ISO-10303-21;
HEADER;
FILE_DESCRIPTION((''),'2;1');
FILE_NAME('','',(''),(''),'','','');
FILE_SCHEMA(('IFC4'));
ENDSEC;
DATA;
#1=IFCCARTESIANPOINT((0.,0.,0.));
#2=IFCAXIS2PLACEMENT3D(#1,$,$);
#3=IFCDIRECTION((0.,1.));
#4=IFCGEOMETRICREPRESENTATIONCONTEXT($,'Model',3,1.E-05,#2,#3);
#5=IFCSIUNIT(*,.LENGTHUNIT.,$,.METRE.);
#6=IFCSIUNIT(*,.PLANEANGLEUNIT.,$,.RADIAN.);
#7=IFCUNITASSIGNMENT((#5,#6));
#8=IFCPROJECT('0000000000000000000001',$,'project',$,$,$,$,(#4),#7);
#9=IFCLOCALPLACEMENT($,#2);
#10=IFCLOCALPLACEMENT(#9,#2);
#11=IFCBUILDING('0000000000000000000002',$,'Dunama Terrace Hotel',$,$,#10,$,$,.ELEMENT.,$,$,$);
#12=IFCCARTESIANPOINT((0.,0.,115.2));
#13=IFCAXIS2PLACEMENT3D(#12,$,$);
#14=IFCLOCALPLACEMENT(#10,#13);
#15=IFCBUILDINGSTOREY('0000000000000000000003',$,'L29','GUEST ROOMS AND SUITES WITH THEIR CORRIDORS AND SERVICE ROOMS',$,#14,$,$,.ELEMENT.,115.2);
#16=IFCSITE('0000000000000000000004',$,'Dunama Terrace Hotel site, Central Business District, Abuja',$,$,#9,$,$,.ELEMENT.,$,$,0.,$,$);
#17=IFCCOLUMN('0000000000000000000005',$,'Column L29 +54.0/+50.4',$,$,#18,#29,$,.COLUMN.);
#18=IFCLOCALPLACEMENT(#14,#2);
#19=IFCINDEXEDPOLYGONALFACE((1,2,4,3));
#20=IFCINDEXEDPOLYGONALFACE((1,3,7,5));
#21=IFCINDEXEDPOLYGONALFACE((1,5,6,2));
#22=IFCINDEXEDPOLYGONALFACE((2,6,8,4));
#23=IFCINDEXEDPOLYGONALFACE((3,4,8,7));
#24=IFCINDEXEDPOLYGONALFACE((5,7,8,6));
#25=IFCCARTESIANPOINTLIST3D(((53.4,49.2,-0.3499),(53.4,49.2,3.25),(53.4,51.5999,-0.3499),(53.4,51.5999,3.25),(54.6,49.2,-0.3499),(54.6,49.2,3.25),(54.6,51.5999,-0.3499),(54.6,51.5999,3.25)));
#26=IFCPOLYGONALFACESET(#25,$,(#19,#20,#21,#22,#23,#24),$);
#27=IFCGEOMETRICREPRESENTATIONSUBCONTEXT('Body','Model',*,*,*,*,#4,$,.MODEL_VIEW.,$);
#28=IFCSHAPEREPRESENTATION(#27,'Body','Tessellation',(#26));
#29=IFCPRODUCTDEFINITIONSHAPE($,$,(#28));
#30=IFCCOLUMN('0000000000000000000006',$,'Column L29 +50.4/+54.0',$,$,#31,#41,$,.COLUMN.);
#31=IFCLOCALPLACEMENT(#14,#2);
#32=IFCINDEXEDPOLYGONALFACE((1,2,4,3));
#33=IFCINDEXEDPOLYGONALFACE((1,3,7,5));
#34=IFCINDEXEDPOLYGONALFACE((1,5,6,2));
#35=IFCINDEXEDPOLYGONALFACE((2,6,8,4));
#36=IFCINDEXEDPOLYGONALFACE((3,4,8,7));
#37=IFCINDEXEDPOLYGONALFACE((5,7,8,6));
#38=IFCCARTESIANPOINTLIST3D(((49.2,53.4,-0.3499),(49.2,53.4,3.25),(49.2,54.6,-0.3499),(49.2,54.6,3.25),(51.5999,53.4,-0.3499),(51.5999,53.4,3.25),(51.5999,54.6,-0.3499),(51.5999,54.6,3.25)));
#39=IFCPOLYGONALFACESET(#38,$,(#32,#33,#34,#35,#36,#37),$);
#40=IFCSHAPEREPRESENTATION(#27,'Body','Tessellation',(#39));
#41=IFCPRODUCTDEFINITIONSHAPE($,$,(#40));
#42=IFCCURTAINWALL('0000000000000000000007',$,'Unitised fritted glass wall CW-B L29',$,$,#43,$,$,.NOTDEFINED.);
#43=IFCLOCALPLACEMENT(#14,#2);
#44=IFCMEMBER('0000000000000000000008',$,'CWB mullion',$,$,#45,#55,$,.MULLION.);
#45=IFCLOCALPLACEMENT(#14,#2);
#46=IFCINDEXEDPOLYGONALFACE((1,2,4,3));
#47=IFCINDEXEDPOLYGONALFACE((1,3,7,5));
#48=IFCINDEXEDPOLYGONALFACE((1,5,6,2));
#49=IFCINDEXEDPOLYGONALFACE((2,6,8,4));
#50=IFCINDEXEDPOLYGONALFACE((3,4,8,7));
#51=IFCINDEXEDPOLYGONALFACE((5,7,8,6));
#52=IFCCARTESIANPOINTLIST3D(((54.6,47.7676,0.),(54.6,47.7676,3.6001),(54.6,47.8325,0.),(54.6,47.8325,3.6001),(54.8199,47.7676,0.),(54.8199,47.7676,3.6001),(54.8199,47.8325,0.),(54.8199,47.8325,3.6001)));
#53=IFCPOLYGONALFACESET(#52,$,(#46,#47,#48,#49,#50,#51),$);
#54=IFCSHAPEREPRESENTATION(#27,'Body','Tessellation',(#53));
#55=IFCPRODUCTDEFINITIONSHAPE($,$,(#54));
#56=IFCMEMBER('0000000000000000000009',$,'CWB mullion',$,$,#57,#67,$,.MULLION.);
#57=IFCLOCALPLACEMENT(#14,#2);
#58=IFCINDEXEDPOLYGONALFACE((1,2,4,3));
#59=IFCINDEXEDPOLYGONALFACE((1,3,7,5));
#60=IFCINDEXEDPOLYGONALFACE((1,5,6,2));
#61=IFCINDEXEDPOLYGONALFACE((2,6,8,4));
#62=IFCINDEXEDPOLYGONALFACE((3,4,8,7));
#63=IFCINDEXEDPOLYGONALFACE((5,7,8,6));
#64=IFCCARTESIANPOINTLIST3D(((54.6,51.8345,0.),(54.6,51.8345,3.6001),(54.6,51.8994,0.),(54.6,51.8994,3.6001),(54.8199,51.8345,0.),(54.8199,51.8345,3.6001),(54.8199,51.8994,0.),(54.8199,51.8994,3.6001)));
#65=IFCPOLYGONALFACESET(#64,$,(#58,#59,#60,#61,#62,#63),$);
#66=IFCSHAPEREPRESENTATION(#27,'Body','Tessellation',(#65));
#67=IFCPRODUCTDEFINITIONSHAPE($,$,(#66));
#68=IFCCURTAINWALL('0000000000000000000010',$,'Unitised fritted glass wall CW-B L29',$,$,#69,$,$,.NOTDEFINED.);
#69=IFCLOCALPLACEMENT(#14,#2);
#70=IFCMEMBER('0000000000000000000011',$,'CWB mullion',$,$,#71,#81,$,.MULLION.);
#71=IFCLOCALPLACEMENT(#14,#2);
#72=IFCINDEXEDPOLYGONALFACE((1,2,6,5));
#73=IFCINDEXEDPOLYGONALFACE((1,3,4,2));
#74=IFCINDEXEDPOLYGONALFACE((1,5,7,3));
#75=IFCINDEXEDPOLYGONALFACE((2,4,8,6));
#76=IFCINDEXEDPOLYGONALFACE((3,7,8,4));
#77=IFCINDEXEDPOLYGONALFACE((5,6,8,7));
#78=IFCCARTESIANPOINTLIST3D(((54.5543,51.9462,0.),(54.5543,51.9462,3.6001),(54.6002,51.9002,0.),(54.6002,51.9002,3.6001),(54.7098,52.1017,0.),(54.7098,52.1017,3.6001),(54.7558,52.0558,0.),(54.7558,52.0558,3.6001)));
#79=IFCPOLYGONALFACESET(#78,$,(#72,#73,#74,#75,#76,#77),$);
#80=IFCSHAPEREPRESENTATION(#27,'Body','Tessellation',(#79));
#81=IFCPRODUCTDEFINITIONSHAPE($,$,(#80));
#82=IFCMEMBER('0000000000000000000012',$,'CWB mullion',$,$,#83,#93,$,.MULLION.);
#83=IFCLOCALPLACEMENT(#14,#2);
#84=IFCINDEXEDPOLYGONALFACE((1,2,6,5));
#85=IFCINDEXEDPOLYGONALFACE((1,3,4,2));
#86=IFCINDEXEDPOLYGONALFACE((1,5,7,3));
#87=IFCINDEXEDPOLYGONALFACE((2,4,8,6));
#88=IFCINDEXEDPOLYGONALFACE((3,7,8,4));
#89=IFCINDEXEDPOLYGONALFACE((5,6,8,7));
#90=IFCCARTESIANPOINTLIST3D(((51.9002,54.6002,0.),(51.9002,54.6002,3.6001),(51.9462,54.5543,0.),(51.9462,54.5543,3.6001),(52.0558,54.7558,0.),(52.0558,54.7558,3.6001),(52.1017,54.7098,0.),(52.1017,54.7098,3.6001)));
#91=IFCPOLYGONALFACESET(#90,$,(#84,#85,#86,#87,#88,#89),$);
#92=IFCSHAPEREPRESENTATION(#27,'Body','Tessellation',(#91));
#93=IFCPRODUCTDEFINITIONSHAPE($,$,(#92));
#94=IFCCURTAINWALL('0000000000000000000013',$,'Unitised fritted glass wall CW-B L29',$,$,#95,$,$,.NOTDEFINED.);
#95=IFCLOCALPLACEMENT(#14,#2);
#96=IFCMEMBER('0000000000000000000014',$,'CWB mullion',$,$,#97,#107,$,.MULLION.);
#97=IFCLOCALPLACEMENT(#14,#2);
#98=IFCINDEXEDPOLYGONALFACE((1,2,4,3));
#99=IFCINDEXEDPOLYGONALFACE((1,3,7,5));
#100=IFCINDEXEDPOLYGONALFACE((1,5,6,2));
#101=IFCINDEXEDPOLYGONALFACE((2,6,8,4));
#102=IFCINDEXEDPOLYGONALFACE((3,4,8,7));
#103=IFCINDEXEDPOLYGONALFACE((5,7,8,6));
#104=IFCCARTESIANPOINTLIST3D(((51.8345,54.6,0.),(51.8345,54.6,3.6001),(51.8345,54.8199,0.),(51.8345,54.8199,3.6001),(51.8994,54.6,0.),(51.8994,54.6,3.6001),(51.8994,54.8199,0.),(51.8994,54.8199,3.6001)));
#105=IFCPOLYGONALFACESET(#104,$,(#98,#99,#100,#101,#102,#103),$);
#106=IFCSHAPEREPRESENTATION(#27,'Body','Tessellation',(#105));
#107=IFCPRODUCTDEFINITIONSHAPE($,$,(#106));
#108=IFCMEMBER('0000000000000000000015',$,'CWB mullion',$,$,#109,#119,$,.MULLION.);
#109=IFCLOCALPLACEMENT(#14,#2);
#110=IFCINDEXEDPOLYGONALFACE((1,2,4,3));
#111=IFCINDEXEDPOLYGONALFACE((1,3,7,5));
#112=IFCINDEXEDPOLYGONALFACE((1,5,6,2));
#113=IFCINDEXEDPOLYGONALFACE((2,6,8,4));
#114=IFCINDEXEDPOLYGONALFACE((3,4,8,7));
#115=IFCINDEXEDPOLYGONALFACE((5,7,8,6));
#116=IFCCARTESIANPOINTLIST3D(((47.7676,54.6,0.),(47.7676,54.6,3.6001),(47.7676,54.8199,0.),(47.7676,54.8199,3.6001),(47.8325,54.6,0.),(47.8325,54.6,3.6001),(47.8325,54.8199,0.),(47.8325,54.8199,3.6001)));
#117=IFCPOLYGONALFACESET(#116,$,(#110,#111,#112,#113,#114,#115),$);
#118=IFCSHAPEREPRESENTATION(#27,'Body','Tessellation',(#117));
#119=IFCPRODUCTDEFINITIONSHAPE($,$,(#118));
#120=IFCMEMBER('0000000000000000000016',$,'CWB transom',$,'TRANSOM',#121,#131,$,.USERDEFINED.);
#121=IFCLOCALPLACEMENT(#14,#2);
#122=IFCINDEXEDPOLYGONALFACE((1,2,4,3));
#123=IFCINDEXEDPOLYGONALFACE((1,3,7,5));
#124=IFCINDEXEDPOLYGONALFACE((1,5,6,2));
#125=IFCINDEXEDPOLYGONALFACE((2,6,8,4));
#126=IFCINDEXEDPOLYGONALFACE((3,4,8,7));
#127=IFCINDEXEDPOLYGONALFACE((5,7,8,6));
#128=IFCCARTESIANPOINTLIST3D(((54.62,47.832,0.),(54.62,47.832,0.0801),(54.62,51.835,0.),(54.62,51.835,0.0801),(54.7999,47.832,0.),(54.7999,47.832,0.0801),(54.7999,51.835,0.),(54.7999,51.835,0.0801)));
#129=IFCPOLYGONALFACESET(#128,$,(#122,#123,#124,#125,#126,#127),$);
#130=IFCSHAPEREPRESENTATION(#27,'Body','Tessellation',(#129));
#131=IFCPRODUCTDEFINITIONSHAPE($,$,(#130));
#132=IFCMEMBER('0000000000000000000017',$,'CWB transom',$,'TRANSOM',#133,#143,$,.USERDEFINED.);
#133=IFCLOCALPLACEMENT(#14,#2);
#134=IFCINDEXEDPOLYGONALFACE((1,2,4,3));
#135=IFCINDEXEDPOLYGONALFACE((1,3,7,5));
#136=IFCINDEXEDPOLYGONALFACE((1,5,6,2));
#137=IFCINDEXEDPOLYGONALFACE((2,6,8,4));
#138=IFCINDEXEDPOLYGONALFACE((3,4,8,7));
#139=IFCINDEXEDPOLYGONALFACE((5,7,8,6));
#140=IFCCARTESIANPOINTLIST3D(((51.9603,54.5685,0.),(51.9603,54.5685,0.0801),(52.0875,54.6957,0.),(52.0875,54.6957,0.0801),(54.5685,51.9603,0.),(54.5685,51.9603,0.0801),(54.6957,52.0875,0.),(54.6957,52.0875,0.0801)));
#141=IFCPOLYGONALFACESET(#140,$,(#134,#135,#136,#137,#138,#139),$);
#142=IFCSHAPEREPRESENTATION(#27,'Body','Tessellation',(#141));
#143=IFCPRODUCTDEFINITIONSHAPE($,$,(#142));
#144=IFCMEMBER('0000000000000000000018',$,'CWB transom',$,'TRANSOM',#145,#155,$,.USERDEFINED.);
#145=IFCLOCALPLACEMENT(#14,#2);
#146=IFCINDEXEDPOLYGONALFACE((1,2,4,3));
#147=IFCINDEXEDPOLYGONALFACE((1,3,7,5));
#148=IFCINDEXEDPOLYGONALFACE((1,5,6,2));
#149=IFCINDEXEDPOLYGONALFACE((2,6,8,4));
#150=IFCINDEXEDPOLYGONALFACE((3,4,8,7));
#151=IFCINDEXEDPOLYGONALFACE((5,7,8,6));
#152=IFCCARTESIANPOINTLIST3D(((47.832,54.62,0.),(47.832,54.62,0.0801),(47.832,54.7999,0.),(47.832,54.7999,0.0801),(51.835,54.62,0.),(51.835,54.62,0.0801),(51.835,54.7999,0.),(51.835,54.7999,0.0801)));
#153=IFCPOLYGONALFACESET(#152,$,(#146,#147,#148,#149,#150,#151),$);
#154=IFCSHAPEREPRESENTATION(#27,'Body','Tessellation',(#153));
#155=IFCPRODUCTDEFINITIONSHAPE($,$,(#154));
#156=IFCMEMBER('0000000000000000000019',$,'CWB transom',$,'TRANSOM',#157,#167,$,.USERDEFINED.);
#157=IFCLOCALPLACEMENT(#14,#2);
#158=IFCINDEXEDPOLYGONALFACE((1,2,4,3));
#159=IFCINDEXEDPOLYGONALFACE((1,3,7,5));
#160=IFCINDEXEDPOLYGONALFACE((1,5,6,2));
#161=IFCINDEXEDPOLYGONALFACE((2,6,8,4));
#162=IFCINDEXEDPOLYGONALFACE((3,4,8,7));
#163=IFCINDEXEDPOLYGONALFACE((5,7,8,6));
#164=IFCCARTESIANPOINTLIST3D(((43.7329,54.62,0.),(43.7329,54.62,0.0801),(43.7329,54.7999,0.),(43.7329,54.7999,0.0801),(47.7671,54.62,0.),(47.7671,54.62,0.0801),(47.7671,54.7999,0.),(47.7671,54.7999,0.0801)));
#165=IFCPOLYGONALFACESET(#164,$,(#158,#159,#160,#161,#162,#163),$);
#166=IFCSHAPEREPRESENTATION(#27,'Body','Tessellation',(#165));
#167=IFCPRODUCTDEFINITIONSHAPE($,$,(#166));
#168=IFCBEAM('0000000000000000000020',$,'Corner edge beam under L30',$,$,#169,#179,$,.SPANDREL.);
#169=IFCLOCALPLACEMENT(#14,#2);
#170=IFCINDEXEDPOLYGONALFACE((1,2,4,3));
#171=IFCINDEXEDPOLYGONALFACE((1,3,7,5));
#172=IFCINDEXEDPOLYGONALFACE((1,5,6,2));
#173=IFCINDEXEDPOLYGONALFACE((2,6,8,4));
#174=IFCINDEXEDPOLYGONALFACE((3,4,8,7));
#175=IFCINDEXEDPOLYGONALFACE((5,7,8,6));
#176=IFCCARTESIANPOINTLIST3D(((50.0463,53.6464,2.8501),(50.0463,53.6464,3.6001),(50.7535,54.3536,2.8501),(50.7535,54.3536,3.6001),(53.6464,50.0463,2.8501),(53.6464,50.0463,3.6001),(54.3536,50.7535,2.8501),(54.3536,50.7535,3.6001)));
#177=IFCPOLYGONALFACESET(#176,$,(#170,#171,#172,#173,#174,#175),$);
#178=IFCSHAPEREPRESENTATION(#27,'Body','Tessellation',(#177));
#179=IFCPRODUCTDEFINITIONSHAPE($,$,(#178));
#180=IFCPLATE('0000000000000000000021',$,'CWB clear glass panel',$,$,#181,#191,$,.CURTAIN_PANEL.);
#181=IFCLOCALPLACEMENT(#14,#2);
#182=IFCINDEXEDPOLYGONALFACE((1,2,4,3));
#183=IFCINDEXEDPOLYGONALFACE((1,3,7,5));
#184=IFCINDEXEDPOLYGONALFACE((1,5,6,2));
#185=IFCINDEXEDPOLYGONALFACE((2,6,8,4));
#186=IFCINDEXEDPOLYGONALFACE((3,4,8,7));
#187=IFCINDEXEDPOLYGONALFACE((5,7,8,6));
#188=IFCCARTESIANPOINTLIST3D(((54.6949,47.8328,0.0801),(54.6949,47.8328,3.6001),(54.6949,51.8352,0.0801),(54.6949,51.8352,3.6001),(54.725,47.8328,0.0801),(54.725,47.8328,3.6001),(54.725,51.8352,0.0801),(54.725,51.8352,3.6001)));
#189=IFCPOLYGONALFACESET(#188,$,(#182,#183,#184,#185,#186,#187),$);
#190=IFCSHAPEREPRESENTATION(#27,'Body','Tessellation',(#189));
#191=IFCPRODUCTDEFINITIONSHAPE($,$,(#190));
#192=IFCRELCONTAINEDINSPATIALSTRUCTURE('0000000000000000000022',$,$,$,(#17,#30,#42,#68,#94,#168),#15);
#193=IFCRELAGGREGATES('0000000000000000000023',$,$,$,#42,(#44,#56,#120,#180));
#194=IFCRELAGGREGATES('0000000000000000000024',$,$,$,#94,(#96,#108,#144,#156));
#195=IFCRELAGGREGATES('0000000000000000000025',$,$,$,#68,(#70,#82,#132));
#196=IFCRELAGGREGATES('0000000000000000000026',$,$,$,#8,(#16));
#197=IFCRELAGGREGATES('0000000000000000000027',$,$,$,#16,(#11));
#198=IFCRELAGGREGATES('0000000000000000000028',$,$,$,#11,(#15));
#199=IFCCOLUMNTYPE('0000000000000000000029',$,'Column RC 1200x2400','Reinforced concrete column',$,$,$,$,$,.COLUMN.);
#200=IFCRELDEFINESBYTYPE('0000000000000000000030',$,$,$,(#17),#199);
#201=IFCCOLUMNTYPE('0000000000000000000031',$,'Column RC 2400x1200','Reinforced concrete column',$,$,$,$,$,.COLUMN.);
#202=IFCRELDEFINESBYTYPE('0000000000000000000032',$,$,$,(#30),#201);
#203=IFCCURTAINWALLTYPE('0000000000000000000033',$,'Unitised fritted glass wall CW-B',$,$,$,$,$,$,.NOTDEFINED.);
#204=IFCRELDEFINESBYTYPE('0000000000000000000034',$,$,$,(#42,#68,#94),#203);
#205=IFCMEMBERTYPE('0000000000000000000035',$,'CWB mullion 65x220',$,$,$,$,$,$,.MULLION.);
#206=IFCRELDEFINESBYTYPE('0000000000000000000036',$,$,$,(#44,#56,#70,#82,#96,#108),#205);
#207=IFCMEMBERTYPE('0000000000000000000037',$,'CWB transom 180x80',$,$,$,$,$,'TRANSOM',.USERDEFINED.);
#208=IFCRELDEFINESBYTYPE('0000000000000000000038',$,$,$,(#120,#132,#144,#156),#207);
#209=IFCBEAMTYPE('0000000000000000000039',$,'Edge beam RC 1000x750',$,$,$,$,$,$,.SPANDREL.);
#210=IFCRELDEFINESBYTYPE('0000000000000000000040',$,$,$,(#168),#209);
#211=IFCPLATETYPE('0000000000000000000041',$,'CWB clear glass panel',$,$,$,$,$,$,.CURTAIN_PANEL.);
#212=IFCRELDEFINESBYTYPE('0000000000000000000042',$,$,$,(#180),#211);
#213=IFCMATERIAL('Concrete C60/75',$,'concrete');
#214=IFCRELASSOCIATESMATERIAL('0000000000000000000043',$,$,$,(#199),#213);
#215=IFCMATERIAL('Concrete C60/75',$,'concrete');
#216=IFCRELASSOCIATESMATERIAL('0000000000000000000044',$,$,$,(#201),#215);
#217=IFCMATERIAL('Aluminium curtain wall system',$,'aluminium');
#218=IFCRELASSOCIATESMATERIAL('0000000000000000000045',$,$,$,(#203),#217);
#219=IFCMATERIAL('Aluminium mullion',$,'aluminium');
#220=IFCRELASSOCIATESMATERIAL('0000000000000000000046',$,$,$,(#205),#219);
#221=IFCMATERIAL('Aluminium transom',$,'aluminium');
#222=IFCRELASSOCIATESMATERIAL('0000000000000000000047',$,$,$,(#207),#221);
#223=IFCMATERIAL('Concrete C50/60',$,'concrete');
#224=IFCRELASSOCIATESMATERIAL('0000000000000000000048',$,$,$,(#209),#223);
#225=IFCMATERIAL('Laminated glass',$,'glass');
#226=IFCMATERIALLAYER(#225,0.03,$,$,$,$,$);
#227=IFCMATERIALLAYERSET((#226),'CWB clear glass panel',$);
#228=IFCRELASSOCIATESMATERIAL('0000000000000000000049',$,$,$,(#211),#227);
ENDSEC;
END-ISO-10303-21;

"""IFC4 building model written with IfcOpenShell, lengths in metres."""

from ifc_helpers import new_model, si_unit, direction, frame, origin, origin_2d, place, context, subcontext, project, spatial, rectangle, extrude, material, layer, layer_set, material_profile, profile_set, type_object, element, aggregate, save


model = new_model("IFC4")

# Units and contexts
model_context = context("Model", 3, precision=1e-05, world=origin(), true_north=direction((0.0, 1.0)))
body_context = subcontext(model_context, "Body", "Model", "MODEL_VIEW")
ifc_project = project(units=[si_unit("LENGTHUNIT", "METRE"), si_unit("PLANEANGLEUNIT", "RADIAN")], contexts=[model_context])

# Site, building, storey
site_placement = place(None, origin())
site = spatial("IfcSite", under=ifc_project, at=site_placement, Name="Dunama Terrace Hotel site, Central Business District, Abuja", CompositionType="ELEMENT", RefElevation=0.0)
building_placement = place(site_placement, origin())
building = spatial("IfcBuilding", under=site, at=building_placement, Name="Dunama Terrace Hotel", CompositionType="ELEMENT")
storey_placement = place(building_placement, frame((0.0, 0.0, 115.2)))
storey = spatial("IfcBuildingStorey", under=building, at=storey_placement, Name="L29", Description="GUEST ROOMS AND SUITES WITH THEIR CORRIDORS AND SERVICE ROOMS", CompositionType="ELEMENT", Elevation=115.2)

# Columns
ifc_material_1 = material(Name="Concrete C60/75", Category="concrete")
ifc_material_profile_1 = material_profile(ifc_material_1, rectangle(XDim=1.2, YDim=2.3999, at=origin_2d()), Name="RC 1200x2400")
ifc_profile_set_1 = profile_set([ifc_material_profile_1], Name="Concrete C60/75")
column_type_1 = type_object("IfcColumnType", Name="Column RC 1200x2400", Description="Reinforced concrete column", PredefinedType="COLUMN", material=ifc_profile_set_1)
column_1_placement = place(storey_placement, frame((54.0, 50.3999, -0.3499), z_axis=(0.0, 0.0, 1.0), x_axis=(1.0, 0.0, 0.0)))
element("IfcColumn", 1, at=column_1_placement, inside=storey, type_object=column_type_1, Name="Column L29 +54.0/+50.4", PredefinedType="COLUMN", context=body_context, shape_type="SweptSolid", body=[
    extrude(rectangle(XDim=1.2, YDim=2.3999, at=origin_2d()), origin(), (0.0, 0.0, 1.0), 3.5999),
])
ifc_material_2 = material(Name="Concrete C60/75", Category="concrete")
ifc_material_profile_2 = material_profile(ifc_material_2, rectangle(XDim=2.3999, YDim=1.2, at=origin_2d()), Name="RC 2400x1200")
ifc_profile_set_2 = profile_set([ifc_material_profile_2], Name="Concrete C60/75")
column_type_2 = type_object("IfcColumnType", Name="Column RC 2400x1200", Description="Reinforced concrete column", PredefinedType="COLUMN", material=ifc_profile_set_2)
column_2_placement = place(storey_placement, frame((50.3999, 54.0, -0.3499), z_axis=(0.0, 0.0, 1.0), x_axis=(1.0, 0.0, 0.0)))
element("IfcColumn", 2, at=column_2_placement, inside=storey, type_object=column_type_2, Name="Column L29 +50.4/+54.0", PredefinedType="COLUMN", context=body_context, shape_type="SweptSolid", body=[
    extrude(rectangle(XDim=2.3999, YDim=1.2, at=origin_2d()), origin(), (0.0, 0.0, 1.0), 3.5999),
])

# Curtain walls, members
ifc_material_3 = material(Name="Aluminium curtain wall system", Category="aluminium")
curtain_wall_type = type_object("IfcCurtainWallType", Name="Unitised fritted glass wall CW-B", PredefinedType="NOTDEFINED", material=ifc_material_3)
curtain_wall_1_placement = place(storey_placement, origin())
curtain_wall_1 = element("IfcCurtainWall", 3, at=curtain_wall_1_placement, inside=storey, type_object=curtain_wall_type, Name="Unitised fritted glass wall CW-B L29", PredefinedType="NOTDEFINED")
ifc_material_4 = material(Name="Aluminium mullion", Category="aluminium")
ifc_material_profile_3 = material_profile(ifc_material_4, rectangle(XDim=0.0649, YDim=0.22, at=origin_2d()), Name="CWB MULLION 65X220")
ifc_profile_set_3 = profile_set([ifc_material_profile_3], Name="Aluminium mullion")
member_type_1 = type_object("IfcMemberType", Name="CWB mullion 65x220", PredefinedType="MULLION", material=ifc_profile_set_3)
member_1_placement = place(storey_placement, frame((54.71, 47.8, 0.0), z_axis=(0.0, 0.0, 1.0), x_axis=(0.0, 1.0, 0.0)))
member_1 = element("IfcMember", 4, at=member_1_placement, type_object=member_type_1, Name="CWB mullion", PredefinedType="MULLION", context=body_context, shape_type="SweptSolid", body=[
    extrude(rectangle(XDim=0.0649, YDim=0.22, at=origin_2d()), origin(), (0.0, 0.0, 1.0), 3.6001),
])
member_2_placement = place(storey_placement, frame((54.71, 51.8669, 0.0), z_axis=(0.0, 0.0, 1.0), x_axis=(0.0, 1.0, 0.0)))
member_2 = element("IfcMember", 5, at=member_2_placement, type_object=member_type_1, Name="CWB mullion", PredefinedType="MULLION", context=body_context, shape_type="SweptSolid", body=[
    extrude(rectangle(XDim=0.0649, YDim=0.22, at=origin_2d()), origin(), (0.0, 0.0, 1.0), 3.6001),
])
curtain_wall_2_placement = place(storey_placement, origin())
curtain_wall_2 = element("IfcCurtainWall", 6, at=curtain_wall_2_placement, inside=storey, type_object=curtain_wall_type, Name="Unitised fritted glass wall CW-B L29", PredefinedType="NOTDEFINED")
member_3_placement = place(storey_placement, frame((54.655, 52.001, 0.0), z_axis=(0.0, 0.0, 1.0), x_axis=(-0.707107, 0.707107, 0.0)))
member_3 = element("IfcMember", 7, at=member_3_placement, type_object=member_type_1, Name="CWB mullion", PredefinedType="MULLION", context=body_context, shape_type="SweptSolid", body=[
    extrude(rectangle(XDim=0.0649, YDim=0.22, at=origin_2d()), origin(), (0.0, 0.0, 1.0), 3.6001),
])
member_4_placement = place(storey_placement, frame((52.001, 54.655, 0.0), z_axis=(0.0, 0.0, 1.0), x_axis=(-0.707107, 0.707107, 0.0)))
member_4 = element("IfcMember", 8, at=member_4_placement, type_object=member_type_1, Name="CWB mullion", PredefinedType="MULLION", context=body_context, shape_type="SweptSolid", body=[
    extrude(rectangle(XDim=0.0649, YDim=0.22, at=origin_2d()), origin(), (0.0, 0.0, 1.0), 3.6001),
])
curtain_wall_3_placement = place(storey_placement, origin())
curtain_wall_3 = element("IfcCurtainWall", 9, at=curtain_wall_3_placement, inside=storey, type_object=curtain_wall_type, Name="Unitised fritted glass wall CW-B L29", PredefinedType="NOTDEFINED")
member_5_placement = place(storey_placement, frame((51.8669, 54.71, 0.0), z_axis=(0.0, 0.0, 1.0), x_axis=(-1.0, 0.0, 0.0)))
member_5 = element("IfcMember", 10, at=member_5_placement, type_object=member_type_1, Name="CWB mullion", PredefinedType="MULLION", context=body_context, shape_type="SweptSolid", body=[
    extrude(rectangle(XDim=0.0649, YDim=0.22, at=origin_2d()), origin(), (0.0, 0.0, 1.0), 3.6001),
])
member_6_placement = place(storey_placement, frame((47.8, 54.71, 0.0), z_axis=(0.0, 0.0, 1.0), x_axis=(-1.0, 0.0, 0.0)))
member_6 = element("IfcMember", 11, at=member_6_placement, type_object=member_type_1, Name="CWB mullion", PredefinedType="MULLION", context=body_context, shape_type="SweptSolid", body=[
    extrude(rectangle(XDim=0.0649, YDim=0.22, at=origin_2d()), origin(), (0.0, 0.0, 1.0), 3.6001),
])

# Members
ifc_material_5 = material(Name="Aluminium transom", Category="aluminium")
ifc_material_profile_4 = material_profile(ifc_material_5, rectangle(XDim=0.1799, YDim=0.0801, at=origin_2d()), Name="CWB TRANSOM 180X80")
ifc_profile_set_4 = profile_set([ifc_material_profile_4], Name="Aluminium transom")
member_type_2 = type_object("IfcMemberType", Name="CWB transom 180x80", ElementType="TRANSOM", PredefinedType="USERDEFINED", material=ifc_profile_set_4)
member_7_placement = place(storey_placement, frame((54.71, 47.832, 0.04), z_axis=(0.0, 1.0, 0.0), x_axis=(-1.0, 0.0, 0.0)))
member_7 = element("IfcMember", 12, at=member_7_placement, type_object=member_type_2, Name="CWB transom", ObjectType="TRANSOM", PredefinedType="USERDEFINED", context=body_context, shape_type="SweptSolid", body=[
    extrude(rectangle(XDim=0.1799, YDim=0.0801, at=origin_2d()), origin(), (0.0, 0.0, 1.0), 4.0029),
])
member_8_placement = place(storey_placement, frame((54.6321, 52.0239, 0.04), z_axis=(-0.707107, 0.707107, 0.0), x_axis=(-0.707107, -0.707107, 0.0)))
member_8 = element("IfcMember", 13, at=member_8_placement, type_object=member_type_2, Name="CWB transom", ObjectType="TRANSOM", PredefinedType="USERDEFINED", context=body_context, shape_type="SweptSolid", body=[
    extrude(rectangle(XDim=0.1799, YDim=0.0801, at=origin_2d()), origin(), (0.0, 0.0, 1.0), 3.6885),
])
member_9_placement = place(storey_placement, frame((51.835, 54.71, 0.04), z_axis=(-1.0, 0.0, 0.0), x_axis=(0.0, -1.0, 0.0)))
member_9 = element("IfcMember", 14, at=member_9_placement, type_object=member_type_2, Name="CWB transom", ObjectType="TRANSOM", PredefinedType="USERDEFINED", context=body_context, shape_type="SweptSolid", body=[
    extrude(rectangle(XDim=0.1799, YDim=0.0801, at=origin_2d()), origin(), (0.0, 0.0, 1.0), 4.0029),
])
member_10_placement = place(storey_placement, frame((47.7671, 54.71, 0.04), z_axis=(-1.0, 0.0, 0.0), x_axis=(0.0, -1.0, 0.0)))
member_10 = element("IfcMember", 15, at=member_10_placement, type_object=member_type_2, Name="CWB transom", ObjectType="TRANSOM", PredefinedType="USERDEFINED", context=body_context, shape_type="SweptSolid", body=[
    extrude(rectangle(XDim=0.1799, YDim=0.0801, at=origin_2d()), origin(), (0.0, 0.0, 1.0), 4.0342),
])

# Beam
ifc_material_6 = material(Name="Concrete C50/60", Category="concrete")
ifc_material_profile_5 = material_profile(ifc_material_6, rectangle(XDim=1.0, YDim=0.75, at=origin_2d()), Name="RC 1000x750")
ifc_profile_set_5 = profile_set([ifc_material_profile_5], Name="Concrete C50/60")
beam_type = type_object("IfcBeamType", Name="Edge beam RC 1000x750", PredefinedType="SPANDREL", material=ifc_profile_set_5)
beam_placement = place(storey_placement, frame((50.3999, 54.0, 3.2251), z_axis=(0.707107, -0.707107, 0.0), x_axis=(0.707107, 0.707107, 0.0)))
element("IfcBeam", 16, at=beam_placement, inside=storey, type_object=beam_type, Name="Corner edge beam under L30", PredefinedType="SPANDREL", context=body_context, shape_type="SweptSolid", body=[
    extrude(rectangle(XDim=1.0, YDim=0.75, at=origin_2d()), origin(), (0.0, 0.0, 1.0), 5.0913),
])

# Plate
ifc_material_7 = material(Name="Laminated glass", Category="glass")
ifc_layer_1 = layer(ifc_material_7, 0.03)
ifc_layer_set_1 = layer_set([ifc_layer_1], Name="CWB clear glass panel")
plate_type_1 = type_object("IfcPlateType", Name="CWB clear glass panel", PredefinedType="CURTAIN_PANEL", material=ifc_layer_set_1)
plate_1_placement = place(storey_placement, frame((54.71, 49.834, 0.0801), z_axis=(0.0, 0.0, 1.0), x_axis=(0.0, 1.0, 0.0)))
plate_1 = element("IfcPlate", 17, at=plate_1_placement, type_object=plate_type_1, Name="CWB clear glass panel", PredefinedType="CURTAIN_PANEL", context=body_context, shape_type="SweptSolid", body=[
    extrude(rectangle(XDim=4.0024, YDim=0.03, at=origin_2d()), origin(), (0.0, 0.0, 1.0), 3.52),
])
aggregate(curtain_wall_1, [member_1, member_2, member_7, plate_1])
aggregate(curtain_wall_3, [member_5, member_6, member_9, member_10])
aggregate(curtain_wall_2, [member_3, member_4, member_8])

save(model, "model.ifc")
